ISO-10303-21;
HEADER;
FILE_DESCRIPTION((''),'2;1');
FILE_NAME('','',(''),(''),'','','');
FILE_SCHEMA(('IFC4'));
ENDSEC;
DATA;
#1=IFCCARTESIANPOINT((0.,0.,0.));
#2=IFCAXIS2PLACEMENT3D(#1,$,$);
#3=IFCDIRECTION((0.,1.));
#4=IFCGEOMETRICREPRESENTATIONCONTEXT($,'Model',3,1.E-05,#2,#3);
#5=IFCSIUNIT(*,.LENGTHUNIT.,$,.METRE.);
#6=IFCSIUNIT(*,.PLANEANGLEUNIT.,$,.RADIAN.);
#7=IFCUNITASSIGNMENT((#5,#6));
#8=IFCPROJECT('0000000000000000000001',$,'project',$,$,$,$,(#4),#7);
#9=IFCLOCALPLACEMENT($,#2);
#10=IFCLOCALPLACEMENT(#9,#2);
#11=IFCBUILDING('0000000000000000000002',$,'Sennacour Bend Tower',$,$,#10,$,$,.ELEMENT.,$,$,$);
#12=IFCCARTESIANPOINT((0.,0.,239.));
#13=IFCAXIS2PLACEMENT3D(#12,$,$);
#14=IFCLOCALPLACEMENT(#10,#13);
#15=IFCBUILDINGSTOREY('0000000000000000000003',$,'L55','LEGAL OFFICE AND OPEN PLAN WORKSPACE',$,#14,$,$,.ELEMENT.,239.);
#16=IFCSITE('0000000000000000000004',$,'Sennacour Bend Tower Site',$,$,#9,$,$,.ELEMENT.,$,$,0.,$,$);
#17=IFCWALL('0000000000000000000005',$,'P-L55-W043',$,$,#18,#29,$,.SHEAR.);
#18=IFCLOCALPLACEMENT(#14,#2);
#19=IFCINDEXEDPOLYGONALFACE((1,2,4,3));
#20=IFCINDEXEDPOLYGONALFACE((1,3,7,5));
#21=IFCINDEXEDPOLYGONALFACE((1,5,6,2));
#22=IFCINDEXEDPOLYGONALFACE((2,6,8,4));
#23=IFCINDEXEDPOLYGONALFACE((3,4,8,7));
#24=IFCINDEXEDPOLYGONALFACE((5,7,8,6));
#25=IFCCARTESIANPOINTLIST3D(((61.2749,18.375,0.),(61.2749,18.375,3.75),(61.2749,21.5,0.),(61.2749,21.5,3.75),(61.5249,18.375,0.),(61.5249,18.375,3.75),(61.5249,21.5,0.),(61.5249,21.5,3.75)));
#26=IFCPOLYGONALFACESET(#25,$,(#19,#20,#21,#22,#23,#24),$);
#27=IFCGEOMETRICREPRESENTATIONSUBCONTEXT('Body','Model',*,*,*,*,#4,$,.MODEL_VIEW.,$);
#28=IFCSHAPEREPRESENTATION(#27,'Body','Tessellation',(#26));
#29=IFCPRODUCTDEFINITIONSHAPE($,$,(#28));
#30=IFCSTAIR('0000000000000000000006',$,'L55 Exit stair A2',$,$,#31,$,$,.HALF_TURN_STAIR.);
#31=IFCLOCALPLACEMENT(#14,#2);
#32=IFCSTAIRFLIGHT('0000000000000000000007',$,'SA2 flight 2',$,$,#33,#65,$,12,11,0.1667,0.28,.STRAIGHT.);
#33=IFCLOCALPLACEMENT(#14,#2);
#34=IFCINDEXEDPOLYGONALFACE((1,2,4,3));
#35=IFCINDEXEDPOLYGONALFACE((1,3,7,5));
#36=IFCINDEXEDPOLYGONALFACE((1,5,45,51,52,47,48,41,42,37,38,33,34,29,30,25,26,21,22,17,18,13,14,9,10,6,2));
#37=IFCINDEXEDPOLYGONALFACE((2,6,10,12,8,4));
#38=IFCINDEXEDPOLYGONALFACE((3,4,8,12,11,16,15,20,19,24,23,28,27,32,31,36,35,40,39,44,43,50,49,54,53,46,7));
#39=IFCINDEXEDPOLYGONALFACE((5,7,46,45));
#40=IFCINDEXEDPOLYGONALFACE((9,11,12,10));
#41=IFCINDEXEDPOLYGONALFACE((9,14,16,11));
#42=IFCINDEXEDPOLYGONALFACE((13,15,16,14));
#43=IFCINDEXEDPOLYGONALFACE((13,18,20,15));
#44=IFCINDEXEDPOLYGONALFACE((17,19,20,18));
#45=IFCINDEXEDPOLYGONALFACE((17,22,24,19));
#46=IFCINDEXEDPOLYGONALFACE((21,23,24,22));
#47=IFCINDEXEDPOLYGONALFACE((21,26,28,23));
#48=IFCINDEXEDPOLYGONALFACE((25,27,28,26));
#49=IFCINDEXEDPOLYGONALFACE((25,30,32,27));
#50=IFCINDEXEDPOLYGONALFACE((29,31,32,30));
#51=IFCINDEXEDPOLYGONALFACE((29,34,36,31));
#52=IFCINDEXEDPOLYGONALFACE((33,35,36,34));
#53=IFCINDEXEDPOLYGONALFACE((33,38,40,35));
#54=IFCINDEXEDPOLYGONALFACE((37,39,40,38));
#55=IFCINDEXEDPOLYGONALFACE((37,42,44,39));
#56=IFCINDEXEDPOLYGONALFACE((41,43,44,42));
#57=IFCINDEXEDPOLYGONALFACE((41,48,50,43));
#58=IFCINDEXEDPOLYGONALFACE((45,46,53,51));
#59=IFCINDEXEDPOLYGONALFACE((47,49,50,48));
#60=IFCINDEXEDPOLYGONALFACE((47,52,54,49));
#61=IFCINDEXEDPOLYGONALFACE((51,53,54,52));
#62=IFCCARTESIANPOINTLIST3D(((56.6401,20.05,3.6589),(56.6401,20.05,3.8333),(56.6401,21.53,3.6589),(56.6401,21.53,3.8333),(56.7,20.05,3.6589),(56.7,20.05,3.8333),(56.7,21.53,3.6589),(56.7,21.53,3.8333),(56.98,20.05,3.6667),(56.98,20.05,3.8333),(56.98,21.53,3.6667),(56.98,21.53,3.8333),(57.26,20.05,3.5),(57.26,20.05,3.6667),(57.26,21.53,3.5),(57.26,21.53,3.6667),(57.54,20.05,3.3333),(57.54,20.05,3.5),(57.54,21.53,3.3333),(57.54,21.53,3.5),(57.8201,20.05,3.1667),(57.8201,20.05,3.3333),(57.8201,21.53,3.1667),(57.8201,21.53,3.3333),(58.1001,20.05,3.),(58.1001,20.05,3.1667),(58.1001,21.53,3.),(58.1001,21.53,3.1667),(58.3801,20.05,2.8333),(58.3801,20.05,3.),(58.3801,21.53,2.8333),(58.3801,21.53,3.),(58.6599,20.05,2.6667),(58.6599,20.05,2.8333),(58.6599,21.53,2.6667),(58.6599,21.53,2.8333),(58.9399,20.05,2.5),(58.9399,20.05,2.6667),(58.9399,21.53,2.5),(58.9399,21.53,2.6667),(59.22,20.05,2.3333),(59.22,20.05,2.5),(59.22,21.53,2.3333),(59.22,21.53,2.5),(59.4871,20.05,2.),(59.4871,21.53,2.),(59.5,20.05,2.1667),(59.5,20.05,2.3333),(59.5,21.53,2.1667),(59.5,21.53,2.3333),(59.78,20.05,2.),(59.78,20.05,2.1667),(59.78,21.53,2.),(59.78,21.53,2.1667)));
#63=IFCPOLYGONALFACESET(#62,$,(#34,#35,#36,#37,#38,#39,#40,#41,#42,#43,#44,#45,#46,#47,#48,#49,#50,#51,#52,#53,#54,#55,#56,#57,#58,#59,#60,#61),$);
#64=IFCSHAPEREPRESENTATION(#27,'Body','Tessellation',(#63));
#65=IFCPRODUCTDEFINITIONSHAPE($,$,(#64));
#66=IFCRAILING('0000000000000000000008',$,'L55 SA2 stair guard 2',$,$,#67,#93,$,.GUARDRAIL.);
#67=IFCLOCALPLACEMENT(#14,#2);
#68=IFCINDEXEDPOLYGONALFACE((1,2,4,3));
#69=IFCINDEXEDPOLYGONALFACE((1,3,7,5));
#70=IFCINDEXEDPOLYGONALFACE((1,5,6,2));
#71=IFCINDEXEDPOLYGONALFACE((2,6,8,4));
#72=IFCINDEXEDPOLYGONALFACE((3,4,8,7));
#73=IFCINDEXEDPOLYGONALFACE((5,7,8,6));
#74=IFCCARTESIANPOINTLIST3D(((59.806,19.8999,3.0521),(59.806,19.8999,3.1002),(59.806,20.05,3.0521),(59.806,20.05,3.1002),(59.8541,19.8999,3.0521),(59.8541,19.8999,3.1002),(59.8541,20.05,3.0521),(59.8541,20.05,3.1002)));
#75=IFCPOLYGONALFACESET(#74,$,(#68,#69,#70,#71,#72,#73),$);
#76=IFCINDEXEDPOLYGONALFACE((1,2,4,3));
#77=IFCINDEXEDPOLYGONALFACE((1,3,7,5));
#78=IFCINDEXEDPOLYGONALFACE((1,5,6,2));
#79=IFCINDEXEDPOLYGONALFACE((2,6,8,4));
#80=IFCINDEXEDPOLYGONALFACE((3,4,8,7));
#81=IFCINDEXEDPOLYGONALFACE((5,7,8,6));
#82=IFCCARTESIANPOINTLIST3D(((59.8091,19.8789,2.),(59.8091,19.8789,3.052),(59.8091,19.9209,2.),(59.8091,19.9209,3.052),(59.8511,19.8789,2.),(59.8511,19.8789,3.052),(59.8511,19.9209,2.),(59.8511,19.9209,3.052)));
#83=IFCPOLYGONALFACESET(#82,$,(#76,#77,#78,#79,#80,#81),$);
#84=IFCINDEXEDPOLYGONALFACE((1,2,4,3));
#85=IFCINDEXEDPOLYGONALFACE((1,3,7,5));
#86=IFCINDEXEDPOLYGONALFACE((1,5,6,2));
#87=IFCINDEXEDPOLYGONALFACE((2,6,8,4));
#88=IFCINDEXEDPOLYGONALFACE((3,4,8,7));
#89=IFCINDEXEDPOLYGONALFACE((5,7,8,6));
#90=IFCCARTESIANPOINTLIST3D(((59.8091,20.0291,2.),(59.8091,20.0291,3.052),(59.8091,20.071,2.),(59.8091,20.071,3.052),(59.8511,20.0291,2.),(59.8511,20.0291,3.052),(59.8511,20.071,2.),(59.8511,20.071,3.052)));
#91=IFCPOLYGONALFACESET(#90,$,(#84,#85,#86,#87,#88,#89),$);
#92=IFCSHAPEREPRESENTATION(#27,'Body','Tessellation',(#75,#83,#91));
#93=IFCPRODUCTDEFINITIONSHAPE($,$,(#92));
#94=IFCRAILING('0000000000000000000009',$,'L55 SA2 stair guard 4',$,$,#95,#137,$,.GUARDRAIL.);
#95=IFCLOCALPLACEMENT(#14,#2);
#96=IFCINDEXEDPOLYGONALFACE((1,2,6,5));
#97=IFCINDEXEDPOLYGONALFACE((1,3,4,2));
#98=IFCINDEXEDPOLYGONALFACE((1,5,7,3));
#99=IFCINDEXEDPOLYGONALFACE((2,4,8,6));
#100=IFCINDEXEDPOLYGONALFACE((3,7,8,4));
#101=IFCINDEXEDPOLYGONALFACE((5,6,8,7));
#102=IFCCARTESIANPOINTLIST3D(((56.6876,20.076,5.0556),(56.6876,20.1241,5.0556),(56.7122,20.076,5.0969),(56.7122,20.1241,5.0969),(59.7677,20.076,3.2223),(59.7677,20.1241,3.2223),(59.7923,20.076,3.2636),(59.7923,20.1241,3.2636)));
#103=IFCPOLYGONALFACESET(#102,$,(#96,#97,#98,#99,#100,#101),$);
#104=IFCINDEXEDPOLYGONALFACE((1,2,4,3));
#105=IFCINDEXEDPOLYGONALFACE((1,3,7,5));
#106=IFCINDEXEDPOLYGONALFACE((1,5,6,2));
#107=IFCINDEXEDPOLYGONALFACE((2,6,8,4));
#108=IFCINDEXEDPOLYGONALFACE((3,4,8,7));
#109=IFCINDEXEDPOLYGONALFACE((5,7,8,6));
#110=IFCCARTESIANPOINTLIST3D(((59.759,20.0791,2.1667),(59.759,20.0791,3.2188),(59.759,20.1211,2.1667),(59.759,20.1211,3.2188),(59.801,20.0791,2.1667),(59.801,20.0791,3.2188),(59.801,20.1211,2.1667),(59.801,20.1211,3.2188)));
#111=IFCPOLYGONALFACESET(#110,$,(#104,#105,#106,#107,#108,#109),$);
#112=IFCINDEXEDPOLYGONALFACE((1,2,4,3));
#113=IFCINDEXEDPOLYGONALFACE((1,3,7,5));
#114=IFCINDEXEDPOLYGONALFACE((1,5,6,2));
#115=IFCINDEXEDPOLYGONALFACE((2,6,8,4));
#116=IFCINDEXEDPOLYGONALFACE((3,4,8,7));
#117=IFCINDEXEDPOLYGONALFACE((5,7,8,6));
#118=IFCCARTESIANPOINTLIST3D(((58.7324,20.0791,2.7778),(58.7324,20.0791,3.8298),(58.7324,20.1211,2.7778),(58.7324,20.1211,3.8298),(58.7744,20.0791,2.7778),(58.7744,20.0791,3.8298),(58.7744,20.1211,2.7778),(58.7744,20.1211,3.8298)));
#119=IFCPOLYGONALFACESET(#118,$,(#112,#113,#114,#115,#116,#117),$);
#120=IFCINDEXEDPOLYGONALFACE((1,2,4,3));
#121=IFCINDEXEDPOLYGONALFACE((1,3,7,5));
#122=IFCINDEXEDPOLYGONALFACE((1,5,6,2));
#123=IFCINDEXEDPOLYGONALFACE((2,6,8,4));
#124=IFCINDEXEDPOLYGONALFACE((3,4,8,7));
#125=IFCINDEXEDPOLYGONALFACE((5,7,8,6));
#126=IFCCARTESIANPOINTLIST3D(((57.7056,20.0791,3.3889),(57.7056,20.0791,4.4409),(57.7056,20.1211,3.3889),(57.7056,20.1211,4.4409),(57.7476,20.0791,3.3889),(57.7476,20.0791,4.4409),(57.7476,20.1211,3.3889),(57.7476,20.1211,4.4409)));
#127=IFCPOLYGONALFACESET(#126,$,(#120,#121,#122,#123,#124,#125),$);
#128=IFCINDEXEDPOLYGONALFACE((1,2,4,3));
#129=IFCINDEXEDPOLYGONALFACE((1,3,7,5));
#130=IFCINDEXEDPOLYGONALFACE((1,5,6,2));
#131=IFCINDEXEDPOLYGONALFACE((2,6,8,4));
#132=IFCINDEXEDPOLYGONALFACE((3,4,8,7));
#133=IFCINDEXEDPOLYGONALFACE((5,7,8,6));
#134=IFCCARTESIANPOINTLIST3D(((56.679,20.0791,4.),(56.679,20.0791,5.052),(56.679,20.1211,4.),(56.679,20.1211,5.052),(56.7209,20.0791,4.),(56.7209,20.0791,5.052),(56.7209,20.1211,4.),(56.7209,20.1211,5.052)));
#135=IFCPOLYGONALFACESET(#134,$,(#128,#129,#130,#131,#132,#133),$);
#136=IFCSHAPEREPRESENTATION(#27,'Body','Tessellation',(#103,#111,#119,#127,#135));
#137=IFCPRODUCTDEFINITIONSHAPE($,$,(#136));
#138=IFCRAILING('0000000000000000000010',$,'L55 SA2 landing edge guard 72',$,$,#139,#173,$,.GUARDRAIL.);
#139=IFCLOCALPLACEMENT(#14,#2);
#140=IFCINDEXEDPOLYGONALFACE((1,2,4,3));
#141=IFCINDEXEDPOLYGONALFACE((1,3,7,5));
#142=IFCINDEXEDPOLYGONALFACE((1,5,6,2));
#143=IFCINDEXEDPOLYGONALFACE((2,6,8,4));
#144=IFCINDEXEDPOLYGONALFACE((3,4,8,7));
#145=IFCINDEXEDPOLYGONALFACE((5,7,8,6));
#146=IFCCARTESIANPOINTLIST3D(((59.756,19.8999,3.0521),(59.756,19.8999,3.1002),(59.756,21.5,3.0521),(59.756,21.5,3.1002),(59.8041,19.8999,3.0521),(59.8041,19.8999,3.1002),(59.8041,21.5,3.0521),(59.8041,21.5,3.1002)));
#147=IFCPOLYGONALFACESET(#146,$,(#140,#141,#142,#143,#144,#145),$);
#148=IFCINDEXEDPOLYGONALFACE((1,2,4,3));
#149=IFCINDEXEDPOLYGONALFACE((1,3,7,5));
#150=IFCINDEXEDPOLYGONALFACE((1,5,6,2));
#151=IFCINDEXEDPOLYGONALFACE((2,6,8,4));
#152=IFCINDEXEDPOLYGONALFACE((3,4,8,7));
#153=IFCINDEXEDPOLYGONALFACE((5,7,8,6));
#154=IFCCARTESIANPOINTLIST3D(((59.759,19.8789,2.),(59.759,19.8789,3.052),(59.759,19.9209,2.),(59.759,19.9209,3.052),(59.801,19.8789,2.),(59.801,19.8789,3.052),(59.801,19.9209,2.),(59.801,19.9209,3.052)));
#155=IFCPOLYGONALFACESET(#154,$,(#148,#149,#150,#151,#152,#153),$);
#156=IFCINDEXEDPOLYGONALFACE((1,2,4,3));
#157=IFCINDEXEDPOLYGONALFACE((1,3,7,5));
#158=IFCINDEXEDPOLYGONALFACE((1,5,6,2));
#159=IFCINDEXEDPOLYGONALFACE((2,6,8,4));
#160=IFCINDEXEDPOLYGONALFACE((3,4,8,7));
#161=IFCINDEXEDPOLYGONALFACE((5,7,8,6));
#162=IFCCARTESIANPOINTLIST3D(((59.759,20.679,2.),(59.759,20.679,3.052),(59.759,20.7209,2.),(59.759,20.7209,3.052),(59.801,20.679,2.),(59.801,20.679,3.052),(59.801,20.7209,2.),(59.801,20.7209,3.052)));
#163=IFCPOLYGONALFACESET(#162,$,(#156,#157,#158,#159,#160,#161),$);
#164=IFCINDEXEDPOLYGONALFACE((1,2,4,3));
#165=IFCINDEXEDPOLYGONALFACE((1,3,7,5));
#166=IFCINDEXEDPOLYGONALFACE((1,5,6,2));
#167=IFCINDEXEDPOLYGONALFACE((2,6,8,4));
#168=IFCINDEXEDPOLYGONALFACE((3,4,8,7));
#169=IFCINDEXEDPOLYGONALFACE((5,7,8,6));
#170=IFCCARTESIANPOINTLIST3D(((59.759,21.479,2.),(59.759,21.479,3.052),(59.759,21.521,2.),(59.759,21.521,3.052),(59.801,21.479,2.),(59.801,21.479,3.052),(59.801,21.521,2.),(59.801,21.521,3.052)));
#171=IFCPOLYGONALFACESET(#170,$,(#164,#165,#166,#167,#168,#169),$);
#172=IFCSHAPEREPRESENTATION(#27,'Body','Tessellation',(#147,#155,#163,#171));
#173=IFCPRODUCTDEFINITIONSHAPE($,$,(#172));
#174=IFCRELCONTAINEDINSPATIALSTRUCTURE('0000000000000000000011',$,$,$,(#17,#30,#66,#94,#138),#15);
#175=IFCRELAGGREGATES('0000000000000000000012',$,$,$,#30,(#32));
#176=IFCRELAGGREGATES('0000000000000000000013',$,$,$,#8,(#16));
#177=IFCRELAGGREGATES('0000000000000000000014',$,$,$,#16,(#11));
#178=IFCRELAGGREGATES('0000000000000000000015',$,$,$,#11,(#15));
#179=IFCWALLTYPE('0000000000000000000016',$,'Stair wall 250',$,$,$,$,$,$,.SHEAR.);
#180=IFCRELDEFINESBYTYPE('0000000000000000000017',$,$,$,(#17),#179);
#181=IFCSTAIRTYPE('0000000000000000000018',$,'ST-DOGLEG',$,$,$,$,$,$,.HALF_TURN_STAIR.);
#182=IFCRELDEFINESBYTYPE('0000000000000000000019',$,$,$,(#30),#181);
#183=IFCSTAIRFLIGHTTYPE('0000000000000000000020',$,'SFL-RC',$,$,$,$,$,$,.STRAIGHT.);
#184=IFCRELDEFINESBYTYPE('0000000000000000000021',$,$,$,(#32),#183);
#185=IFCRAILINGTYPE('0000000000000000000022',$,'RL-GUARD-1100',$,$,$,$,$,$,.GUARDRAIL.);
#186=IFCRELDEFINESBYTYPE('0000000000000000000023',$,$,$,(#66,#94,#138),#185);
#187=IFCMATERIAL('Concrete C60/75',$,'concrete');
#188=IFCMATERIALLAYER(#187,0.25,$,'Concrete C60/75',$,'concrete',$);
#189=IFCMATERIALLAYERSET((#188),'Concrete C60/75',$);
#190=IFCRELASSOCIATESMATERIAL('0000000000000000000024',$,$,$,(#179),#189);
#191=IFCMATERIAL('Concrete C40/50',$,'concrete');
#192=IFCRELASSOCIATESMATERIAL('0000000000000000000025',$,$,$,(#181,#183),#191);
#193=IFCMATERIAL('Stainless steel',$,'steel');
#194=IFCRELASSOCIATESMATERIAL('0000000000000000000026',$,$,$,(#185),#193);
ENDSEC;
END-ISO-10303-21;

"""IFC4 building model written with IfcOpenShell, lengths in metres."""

from ifc_helpers import new_model, si_unit, direction, frame, frame_2d, origin, origin_2d, place, context, subcontext, project, spatial, polyline, rectangle, outline, extrude, material, layer, layer_set, type_object, element, aggregate, save


model = new_model("IFC4")

# Units and contexts
model_context = context("Model", 3, precision=1e-05, world=origin(), true_north=direction((0.0, 1.0)))
body_context = subcontext(model_context, "Body", "Model", "MODEL_VIEW")
ifc_project = project(units=[si_unit("LENGTHUNIT", "METRE"), si_unit("PLANEANGLEUNIT", "RADIAN")], contexts=[model_context])

# Site, building, storey
site_placement = place(None, origin())
site = spatial("IfcSite", under=ifc_project, at=site_placement, Name="Sennacour Bend Tower Site", CompositionType="ELEMENT", RefElevation=0.0)
building_placement = place(site_placement, origin())
building = spatial("IfcBuilding", under=site, at=building_placement, Name="Sennacour Bend Tower", CompositionType="ELEMENT")
storey_placement = place(building_placement, frame((0.0, 0.0, 239.0)))
storey = spatial("IfcBuildingStorey", under=building, at=storey_placement, Name="L55", Description="LEGAL OFFICE AND OPEN PLAN WORKSPACE", CompositionType="ELEMENT", Elevation=239.0)

# Shared definitions
ifc_material_1 = material(Name="Stainless steel", Category="steel")

# Wall
ifc_material_2 = material(Name="Concrete C60/75", Category="concrete")
ifc_layer_1 = layer(ifc_material_2, 0.25, Name="Concrete C60/75", Category="concrete")
ifc_layer_set_1 = layer_set([ifc_layer_1], Name="Concrete C60/75")
wall_type_1 = type_object("IfcWallType", Name="Stair wall 250", PredefinedType="SHEAR", material=ifc_layer_set_1)
wall_1_placement = place(storey_placement, frame((61.3999, 18.375, 0.0), z_axis=(0.0, 0.0, 1.0), x_axis=(0.0, 1.0, 0.0)))
element("IfcWall", 1, at=wall_1_placement, inside=storey, type_object=wall_type_1, Name="P-L55-W043", PredefinedType="SHEAR", context=body_context, shape_type="SweptSolid", body=[
    extrude(rectangle(XDim=3.125, YDim=0.25, at=frame_2d((1.5625, 0.0))), origin(), (0.0, 0.0, 1.0), 3.75),
])

# Stair, stair flight
ifc_material_3 = material(Name="Concrete C40/50", Category="concrete")
stair_type = type_object("IfcStairType", Name="ST-DOGLEG", PredefinedType="HALF_TURN_STAIR", material=ifc_material_3)
stair_placement = place(storey_placement, origin())
stair = element("IfcStair", 2, at=stair_placement, inside=storey, type_object=stair_type, Name="L55 Exit stair A2", PredefinedType="HALF_TURN_STAIR")
stair_flight_type = type_object("IfcStairFlightType", Name="SFL-RC", PredefinedType="STRAIGHT", material=ifc_material_3)
stair_flight_placement = place(storey_placement, frame((59.78, 20.79, 2.0), z_axis=(0.0, 0.0, 1.0), x_axis=(-1.0, 0.0, 0.0)))
stair_flight = element("IfcStairFlight", 3, at=stair_flight_placement, type_object=stair_flight_type, Name="SA2 flight 2", NumberOfRisers=12, NumberOfTreads=11, PredefinedType="STRAIGHT", RiserHeight=0.1667, TreadLength=0.28, context=body_context, shape_type="SweptSolid", body=[
    extrude(outline(polyline([(0.0, 0.0), (0.0, 0.1667), (0.28, 0.1667), (0.28, 0.3333), (0.5601, 0.3333), (0.5601, 0.5), (0.8401, 0.5), (0.8401, 0.6667), (1.1201, 0.6667), (1.1201, 0.8333), (1.3999, 0.8333), (1.3999, 1.0), (1.6799, 1.0), (1.6799, 1.1667), (1.96, 1.1667), (1.96, 1.3333), (2.24, 1.3333), (2.24, 1.5), (2.52, 1.5), (2.52, 1.6667), (2.8, 1.6667), (2.8, 1.8333), (3.0801, 1.8333), (3.1399, 1.8333), (3.1399, 1.6589), (3.0801, 1.6589), (0.293, 0.0), (0.0, 0.0)])), frame((0.0, 0.74, 0.0), z_axis=(0.0, -1.0, 0.0), x_axis=(1.0, 0.0, 0.0)), (0.0, 0.0, 1.0), 1.48),
])
aggregate(stair, [stair_flight])

# Railings
railing_type_1 = type_object("IfcRailingType", Name="RL-GUARD-1100", PredefinedType="GUARDRAIL", material=ifc_material_1)
railing_1_placement = place(storey_placement, frame((59.8301, 19.8999, 2.0)))
element("IfcRailing", 4, at=railing_1_placement, inside=storey, type_object=railing_type_1, Name="L55 SA2 stair guard 2", PredefinedType="GUARDRAIL", context=body_context, shape_type="SweptSolid", body=[
    extrude(rectangle(XDim=0.0481, YDim=0.0481, at=origin_2d()), frame((0.0, 0.0, 1.0762), z_axis=(0.0, 1.0, 0.0), x_axis=(-1.0, 0.0, 0.0)), (0.0, 0.0, 1.0), 0.1501),
    extrude(rectangle(XDim=0.042, YDim=0.042, at=origin_2d()), origin(), (0.0, 0.0, 1.0), 1.052),
    extrude(rectangle(XDim=0.042, YDim=0.042, at=origin_2d()), frame((0.0, 0.1501, 0.0)), (0.0, 0.0, 1.0), 1.052),
])
railing_2_placement = place(storey_placement, frame((59.78, 20.1001, 2.1667)))
element("IfcRailing", 5, at=railing_2_placement, inside=storey, type_object=railing_type_1, Name="L55 SA2 stair guard 4", PredefinedType="GUARDRAIL", context=body_context, shape_type="SweptSolid", body=[
    extrude(rectangle(XDim=0.0481, YDim=0.0481, at=origin_2d()), frame((0.0, 0.0, 1.0762), z_axis=(-0.859309, 0.0, 0.511458), x_axis=(0.0, -1.0, 0.0)), (0.0, 0.0, 1.0), 3.5845),
    extrude(rectangle(XDim=0.042, YDim=0.042, at=origin_2d()), origin(), (0.0, 0.0, 1.0), 1.052),
    extrude(rectangle(XDim=0.042, YDim=0.042, at=origin_2d()), frame((-1.0266, 0.0, 0.6111)), (0.0, 0.0, 1.0), 1.052),
    extrude(rectangle(XDim=0.042, YDim=0.042, at=origin_2d()), frame((-2.0535, 0.0, 1.2222)), (0.0, 0.0, 1.0), 1.052),
    extrude(rectangle(XDim=0.042, YDim=0.042, at=origin_2d()), frame((-3.0801, 0.0, 1.8333)), (0.0, 0.0, 1.0), 1.052),
])
railing_3_placement = place(storey_placement, frame((59.78, 19.8999, 2.0)))
element("IfcRailing", 6, at=railing_3_placement, inside=storey, type_object=railing_type_1, Name="L55 SA2 landing edge guard 72", PredefinedType="GUARDRAIL", context=body_context, shape_type="SweptSolid", body=[
    extrude(rectangle(XDim=0.0481, YDim=0.0481, at=origin_2d()), frame((0.0, 0.0, 1.0762), z_axis=(0.0, 1.0, 0.0), x_axis=(-1.0, 0.0, 0.0)), (0.0, 0.0, 1.0), 1.6001),
    extrude(rectangle(XDim=0.042, YDim=0.042, at=origin_2d()), origin(), (0.0, 0.0, 1.0), 1.052),
    extrude(rectangle(XDim=0.042, YDim=0.042, at=origin_2d()), frame((0.0, 0.8, 0.0)), (0.0, 0.0, 1.0), 1.052),
    extrude(rectangle(XDim=0.042, YDim=0.042, at=origin_2d()), frame((0.0, 1.6001, 0.0)), (0.0, 0.0, 1.0), 1.052),
])

save(model, "model.ifc")
